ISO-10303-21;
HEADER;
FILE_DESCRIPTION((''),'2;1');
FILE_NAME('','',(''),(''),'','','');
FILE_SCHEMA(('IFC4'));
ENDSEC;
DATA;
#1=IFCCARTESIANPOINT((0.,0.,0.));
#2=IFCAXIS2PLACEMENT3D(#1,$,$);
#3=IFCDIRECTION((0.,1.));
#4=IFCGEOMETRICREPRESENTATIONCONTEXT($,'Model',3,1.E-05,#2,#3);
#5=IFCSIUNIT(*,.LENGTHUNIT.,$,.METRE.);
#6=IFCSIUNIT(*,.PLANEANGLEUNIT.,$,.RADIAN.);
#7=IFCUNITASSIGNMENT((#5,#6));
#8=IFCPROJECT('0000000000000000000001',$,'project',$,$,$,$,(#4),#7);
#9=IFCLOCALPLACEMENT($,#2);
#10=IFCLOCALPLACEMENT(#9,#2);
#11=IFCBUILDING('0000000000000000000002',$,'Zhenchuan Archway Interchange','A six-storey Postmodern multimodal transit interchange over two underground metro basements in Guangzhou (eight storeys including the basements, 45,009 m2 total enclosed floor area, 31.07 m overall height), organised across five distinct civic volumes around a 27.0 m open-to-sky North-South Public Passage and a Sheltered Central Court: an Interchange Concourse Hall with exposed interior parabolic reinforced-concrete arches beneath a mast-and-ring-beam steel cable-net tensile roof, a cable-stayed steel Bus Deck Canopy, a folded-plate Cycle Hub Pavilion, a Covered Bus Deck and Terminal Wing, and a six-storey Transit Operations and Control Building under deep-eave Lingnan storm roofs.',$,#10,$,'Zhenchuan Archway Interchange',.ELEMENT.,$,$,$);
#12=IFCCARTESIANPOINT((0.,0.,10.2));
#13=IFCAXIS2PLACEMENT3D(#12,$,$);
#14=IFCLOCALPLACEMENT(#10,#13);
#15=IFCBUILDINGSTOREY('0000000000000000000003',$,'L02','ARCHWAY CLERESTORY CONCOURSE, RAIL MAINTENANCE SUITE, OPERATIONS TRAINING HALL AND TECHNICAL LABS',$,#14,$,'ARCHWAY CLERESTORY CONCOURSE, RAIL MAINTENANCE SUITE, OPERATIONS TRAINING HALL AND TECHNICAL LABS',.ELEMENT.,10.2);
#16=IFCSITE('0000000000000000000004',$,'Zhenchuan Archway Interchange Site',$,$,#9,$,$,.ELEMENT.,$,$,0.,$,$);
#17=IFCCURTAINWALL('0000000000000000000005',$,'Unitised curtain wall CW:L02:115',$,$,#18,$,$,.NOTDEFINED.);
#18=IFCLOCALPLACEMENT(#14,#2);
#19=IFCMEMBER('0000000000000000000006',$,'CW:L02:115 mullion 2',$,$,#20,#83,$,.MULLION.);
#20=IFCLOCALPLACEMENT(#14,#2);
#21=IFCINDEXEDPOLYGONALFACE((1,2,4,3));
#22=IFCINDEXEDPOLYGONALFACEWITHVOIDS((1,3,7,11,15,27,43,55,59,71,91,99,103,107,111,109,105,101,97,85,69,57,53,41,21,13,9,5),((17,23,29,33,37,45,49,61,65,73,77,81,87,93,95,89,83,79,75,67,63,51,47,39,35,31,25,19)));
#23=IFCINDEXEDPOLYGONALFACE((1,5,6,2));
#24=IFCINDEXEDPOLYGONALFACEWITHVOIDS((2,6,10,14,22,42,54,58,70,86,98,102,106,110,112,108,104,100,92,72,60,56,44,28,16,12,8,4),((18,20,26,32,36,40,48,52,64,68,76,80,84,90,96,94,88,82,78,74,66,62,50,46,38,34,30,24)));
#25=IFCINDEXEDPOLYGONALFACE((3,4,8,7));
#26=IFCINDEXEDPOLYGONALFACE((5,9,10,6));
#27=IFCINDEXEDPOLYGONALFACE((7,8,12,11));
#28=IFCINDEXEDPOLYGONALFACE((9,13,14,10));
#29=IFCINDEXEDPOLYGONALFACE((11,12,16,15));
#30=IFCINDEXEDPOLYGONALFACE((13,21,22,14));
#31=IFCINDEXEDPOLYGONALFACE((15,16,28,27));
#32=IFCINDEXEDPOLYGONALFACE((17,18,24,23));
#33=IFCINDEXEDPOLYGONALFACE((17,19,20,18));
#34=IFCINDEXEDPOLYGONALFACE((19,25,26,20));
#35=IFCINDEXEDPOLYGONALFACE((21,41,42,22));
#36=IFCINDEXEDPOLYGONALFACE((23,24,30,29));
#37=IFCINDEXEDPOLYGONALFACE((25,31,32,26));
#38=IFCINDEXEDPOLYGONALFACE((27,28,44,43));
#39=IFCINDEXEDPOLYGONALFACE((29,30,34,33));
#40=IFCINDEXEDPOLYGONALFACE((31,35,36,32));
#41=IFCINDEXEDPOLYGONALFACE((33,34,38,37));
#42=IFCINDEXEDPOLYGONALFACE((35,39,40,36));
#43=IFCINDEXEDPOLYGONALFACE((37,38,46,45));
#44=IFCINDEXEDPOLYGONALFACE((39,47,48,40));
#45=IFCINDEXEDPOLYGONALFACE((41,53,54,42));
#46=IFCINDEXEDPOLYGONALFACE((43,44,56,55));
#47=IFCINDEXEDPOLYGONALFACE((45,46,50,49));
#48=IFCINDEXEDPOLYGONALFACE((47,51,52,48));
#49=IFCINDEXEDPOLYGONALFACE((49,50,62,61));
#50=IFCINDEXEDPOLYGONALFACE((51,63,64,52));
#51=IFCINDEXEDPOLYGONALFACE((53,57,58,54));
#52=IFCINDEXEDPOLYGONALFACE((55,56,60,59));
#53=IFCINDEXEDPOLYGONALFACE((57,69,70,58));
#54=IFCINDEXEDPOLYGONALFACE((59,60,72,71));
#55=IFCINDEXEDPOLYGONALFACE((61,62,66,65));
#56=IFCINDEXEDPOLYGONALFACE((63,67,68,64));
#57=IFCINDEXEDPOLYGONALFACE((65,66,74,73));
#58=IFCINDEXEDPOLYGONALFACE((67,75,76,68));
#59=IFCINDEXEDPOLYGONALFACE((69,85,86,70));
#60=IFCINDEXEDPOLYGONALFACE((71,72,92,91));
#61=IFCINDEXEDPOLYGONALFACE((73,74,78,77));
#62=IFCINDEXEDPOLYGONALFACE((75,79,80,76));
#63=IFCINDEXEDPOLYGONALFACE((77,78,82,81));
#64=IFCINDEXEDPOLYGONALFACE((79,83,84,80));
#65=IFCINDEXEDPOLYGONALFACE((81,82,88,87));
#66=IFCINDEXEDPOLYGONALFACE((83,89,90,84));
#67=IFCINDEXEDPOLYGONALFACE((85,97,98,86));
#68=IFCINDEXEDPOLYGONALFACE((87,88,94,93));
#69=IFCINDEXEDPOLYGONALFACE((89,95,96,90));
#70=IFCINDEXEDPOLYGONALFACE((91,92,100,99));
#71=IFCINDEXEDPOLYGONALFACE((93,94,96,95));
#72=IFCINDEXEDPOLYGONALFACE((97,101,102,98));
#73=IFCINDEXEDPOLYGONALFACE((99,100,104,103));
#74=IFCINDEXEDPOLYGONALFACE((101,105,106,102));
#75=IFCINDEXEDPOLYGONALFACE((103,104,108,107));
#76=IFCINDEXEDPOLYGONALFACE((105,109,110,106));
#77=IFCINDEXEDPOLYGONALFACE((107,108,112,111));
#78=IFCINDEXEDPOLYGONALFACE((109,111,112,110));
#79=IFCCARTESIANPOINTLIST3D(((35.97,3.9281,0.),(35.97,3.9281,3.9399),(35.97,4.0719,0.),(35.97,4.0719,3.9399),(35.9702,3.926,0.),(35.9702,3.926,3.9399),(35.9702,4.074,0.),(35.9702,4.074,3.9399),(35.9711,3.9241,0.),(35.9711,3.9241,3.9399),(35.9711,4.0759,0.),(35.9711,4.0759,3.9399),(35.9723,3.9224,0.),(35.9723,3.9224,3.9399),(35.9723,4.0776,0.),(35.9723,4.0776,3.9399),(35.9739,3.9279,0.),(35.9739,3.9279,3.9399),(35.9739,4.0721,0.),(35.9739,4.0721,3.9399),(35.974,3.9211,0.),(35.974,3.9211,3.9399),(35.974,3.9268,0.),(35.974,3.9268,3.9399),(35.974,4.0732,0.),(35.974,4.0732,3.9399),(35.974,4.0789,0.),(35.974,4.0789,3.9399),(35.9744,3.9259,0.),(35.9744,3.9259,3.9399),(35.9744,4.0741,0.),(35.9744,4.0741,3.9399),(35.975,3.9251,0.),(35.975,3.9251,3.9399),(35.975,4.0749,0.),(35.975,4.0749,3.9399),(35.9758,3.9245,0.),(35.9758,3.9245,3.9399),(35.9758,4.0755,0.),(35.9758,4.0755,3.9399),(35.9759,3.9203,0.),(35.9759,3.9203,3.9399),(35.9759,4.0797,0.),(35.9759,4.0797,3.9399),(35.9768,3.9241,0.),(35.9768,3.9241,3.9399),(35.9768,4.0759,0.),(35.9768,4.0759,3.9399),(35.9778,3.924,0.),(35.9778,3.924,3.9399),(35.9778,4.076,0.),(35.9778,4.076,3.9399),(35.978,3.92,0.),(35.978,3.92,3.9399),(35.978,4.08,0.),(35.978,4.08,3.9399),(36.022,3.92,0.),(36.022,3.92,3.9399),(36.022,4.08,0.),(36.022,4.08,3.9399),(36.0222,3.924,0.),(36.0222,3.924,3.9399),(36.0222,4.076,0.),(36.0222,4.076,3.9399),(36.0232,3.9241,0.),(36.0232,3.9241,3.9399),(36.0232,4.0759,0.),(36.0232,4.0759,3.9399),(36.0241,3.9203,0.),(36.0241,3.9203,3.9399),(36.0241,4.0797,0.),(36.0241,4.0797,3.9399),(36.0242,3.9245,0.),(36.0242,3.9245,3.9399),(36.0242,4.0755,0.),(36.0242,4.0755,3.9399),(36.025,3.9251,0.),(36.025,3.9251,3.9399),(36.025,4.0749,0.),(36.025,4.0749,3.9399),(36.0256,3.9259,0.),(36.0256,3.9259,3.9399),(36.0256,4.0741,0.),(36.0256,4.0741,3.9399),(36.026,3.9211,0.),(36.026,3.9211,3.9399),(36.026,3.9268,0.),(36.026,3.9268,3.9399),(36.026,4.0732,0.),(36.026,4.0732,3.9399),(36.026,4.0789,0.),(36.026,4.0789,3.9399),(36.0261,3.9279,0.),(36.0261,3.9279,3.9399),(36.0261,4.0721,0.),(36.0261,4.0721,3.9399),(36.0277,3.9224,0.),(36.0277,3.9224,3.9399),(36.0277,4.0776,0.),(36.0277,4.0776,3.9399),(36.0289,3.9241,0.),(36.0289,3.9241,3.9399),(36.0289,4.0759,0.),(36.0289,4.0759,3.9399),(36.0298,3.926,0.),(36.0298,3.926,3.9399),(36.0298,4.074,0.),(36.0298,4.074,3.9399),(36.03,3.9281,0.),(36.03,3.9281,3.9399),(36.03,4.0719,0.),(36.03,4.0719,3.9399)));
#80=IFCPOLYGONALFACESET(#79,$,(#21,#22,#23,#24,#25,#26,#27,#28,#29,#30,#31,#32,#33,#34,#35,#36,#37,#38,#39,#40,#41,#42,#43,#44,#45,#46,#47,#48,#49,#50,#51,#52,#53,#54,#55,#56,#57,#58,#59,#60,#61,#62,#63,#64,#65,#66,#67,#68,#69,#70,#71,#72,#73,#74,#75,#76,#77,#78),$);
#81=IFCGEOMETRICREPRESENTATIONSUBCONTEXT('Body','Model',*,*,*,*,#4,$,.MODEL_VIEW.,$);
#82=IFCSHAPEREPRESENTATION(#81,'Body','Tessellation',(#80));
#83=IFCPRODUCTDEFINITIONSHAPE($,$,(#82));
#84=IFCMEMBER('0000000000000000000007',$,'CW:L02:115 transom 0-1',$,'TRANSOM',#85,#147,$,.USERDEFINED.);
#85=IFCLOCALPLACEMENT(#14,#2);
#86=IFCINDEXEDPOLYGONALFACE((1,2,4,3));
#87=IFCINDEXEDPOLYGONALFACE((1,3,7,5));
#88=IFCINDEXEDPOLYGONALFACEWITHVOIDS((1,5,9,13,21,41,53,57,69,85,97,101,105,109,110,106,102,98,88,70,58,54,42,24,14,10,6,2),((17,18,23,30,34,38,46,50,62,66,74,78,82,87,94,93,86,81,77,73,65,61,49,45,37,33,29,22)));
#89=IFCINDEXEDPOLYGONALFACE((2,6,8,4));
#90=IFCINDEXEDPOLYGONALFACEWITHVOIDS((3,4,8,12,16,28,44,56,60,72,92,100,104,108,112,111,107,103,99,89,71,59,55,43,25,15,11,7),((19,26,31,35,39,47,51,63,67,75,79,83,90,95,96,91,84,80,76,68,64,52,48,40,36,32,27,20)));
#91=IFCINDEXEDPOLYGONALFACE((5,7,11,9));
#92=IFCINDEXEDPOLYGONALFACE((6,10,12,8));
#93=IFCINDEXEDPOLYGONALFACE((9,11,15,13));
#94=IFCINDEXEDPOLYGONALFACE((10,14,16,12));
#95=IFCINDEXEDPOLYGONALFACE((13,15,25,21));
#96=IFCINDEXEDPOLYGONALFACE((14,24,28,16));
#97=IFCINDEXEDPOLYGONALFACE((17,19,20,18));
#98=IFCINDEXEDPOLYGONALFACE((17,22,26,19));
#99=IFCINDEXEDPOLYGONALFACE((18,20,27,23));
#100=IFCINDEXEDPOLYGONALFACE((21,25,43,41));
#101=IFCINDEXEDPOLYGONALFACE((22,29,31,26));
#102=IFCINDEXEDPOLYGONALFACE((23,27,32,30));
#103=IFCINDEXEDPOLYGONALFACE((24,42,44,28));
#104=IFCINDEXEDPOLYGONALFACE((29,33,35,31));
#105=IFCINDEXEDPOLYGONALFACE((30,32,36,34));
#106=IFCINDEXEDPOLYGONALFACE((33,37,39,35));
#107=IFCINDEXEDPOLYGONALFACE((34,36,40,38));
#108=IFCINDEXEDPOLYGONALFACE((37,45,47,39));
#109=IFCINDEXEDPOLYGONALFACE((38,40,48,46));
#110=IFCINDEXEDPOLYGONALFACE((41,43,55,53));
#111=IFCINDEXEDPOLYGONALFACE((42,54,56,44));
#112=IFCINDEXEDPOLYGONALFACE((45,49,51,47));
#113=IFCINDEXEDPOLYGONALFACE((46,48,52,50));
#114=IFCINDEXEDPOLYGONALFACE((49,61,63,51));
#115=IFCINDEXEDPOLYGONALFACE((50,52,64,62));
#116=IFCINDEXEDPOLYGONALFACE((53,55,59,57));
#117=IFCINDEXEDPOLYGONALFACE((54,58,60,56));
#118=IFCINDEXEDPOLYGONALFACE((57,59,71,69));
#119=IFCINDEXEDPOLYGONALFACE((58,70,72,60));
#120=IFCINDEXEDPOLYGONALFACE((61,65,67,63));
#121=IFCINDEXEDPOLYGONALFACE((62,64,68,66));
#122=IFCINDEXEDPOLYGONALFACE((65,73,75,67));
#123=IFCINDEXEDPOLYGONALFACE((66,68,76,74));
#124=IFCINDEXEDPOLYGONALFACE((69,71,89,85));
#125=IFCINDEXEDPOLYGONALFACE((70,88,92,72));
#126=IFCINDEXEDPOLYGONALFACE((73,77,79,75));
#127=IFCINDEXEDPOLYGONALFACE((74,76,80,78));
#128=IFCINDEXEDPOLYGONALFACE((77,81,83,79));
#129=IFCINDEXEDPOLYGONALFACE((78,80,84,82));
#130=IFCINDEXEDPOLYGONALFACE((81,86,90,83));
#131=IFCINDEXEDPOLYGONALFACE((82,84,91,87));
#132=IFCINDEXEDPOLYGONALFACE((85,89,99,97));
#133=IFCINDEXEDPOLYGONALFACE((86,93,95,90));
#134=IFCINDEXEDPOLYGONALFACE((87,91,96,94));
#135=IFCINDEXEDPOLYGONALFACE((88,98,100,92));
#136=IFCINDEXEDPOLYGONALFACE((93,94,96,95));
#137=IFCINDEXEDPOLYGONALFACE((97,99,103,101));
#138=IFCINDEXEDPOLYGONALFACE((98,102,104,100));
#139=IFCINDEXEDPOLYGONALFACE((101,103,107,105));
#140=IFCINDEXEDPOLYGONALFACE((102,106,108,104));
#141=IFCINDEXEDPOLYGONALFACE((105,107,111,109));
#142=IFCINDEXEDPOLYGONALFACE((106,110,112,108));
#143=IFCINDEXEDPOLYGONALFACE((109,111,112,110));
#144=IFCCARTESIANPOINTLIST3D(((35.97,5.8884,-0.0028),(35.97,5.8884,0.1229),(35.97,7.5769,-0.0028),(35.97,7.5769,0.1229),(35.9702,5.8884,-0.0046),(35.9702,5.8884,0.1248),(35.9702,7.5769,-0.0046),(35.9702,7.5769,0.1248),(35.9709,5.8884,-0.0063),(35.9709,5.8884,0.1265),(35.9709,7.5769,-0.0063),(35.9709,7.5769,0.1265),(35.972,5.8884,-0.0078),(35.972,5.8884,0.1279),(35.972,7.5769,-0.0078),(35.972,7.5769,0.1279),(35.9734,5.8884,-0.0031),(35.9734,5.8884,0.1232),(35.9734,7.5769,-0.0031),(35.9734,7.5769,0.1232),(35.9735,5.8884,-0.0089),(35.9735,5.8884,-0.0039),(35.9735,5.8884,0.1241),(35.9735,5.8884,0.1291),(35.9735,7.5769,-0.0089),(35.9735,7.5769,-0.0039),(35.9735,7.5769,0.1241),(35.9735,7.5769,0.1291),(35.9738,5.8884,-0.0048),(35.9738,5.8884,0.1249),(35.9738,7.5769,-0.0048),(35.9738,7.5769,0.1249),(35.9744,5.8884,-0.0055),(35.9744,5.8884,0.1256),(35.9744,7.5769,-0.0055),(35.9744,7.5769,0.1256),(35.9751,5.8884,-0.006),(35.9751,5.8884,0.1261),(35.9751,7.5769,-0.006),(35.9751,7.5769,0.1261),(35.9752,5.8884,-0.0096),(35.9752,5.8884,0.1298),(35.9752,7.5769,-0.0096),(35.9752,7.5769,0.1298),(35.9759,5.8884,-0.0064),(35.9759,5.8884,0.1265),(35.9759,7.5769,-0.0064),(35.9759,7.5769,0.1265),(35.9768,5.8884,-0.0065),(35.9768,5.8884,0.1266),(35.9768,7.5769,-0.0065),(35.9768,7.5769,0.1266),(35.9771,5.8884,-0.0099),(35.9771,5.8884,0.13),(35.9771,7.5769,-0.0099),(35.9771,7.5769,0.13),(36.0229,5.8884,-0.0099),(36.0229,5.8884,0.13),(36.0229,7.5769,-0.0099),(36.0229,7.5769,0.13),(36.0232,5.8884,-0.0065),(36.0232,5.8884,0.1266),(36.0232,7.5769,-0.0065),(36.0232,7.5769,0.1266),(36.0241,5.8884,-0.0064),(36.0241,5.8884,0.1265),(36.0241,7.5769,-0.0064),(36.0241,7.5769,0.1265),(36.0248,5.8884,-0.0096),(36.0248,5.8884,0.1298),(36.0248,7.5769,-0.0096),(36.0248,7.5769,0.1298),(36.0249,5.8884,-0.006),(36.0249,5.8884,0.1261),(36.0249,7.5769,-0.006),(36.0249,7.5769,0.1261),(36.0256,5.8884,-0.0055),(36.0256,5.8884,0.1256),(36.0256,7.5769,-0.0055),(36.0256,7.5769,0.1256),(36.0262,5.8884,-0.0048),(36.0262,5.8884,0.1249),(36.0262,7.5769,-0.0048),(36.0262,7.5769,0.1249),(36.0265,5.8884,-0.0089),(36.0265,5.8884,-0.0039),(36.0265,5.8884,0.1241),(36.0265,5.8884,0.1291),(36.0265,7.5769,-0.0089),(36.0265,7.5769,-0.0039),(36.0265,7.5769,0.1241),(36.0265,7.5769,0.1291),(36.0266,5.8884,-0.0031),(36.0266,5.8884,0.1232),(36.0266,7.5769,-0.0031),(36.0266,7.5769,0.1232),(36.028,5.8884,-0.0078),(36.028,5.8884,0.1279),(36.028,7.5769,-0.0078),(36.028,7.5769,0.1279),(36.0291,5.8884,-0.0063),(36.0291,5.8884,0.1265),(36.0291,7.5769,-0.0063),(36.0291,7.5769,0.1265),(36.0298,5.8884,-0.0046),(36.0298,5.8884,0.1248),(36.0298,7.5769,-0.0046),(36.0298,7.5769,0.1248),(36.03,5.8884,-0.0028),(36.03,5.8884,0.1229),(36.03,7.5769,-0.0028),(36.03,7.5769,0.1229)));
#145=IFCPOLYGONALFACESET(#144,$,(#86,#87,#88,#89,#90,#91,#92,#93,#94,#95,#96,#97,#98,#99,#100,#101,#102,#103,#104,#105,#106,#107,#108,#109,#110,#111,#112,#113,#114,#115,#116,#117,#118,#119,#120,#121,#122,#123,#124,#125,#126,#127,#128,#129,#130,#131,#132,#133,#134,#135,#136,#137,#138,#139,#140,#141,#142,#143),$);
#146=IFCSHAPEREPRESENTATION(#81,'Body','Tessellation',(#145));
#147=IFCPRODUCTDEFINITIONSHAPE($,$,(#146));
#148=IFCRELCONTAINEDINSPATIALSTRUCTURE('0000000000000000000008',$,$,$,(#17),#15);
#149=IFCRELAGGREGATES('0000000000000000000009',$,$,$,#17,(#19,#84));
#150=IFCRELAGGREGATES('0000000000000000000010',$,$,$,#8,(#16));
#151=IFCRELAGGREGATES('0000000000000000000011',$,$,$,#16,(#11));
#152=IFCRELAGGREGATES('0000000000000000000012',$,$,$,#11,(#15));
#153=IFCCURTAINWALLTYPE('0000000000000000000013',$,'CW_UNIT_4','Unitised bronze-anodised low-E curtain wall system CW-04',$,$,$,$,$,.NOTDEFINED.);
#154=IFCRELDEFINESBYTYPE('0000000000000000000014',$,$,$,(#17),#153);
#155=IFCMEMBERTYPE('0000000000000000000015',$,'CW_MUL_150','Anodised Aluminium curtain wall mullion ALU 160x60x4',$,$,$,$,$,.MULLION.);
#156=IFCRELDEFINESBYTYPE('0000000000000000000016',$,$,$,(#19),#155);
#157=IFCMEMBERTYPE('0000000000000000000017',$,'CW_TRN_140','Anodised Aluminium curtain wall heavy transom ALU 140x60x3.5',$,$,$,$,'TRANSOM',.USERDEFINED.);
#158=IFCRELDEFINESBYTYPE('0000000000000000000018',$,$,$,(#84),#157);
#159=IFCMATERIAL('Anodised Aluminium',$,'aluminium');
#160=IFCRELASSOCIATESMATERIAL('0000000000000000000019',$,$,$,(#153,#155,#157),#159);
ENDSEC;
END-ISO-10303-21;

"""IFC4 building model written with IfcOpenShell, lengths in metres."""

from ifc_helpers import new_model, si_unit, direction, frame, origin, origin_2d, place, context, subcontext, project, spatial, hollow_rectangle, extrude, material, material_profile, profile_set, type_object, element, aggregate, save


model = new_model("IFC4")

# Units and contexts
model_context = context("Model", 3, precision=1e-05, world=origin(), true_north=direction((0.0, 1.0)))
body_context = subcontext(model_context, "Body", "Model", "MODEL_VIEW")
ifc_project = project(units=[si_unit("LENGTHUNIT", "METRE"), si_unit("PLANEANGLEUNIT", "RADIAN")], contexts=[model_context])

# Site, building, storey
site_placement = place(None, origin())
site = spatial("IfcSite", under=ifc_project, at=site_placement, Name="Zhenchuan Archway Interchange Site", CompositionType="ELEMENT", RefElevation=0.0)
building_placement = place(site_placement, origin())
building = spatial("IfcBuilding", under=site, at=building_placement, Name="Zhenchuan Archway Interchange", Description="A six-storey Postmodern multimodal transit interchange over two underground metro basements in Guangzhou (eight storeys including the basements, 45,009 m2 total enclosed floor area, 31.07 m overall height), organised across five distinct civic volumes around a 27.0 m open-to-sky North-South Public Passage and a Sheltered Central Court: an Interchange Concourse Hall with exposed interior parabolic reinforced-concrete arches beneath a mast-and-ring-beam steel cable-net tensile roof, a cable-stayed steel Bus Deck Canopy, a folded-plate Cycle Hub Pavilion, a Covered Bus Deck and Terminal Wing, and a six-storey Transit Operations and Control Building under deep-eave Lingnan storm roofs.", LongName="Zhenchuan Archway Interchange", CompositionType="ELEMENT")
storey_placement = place(building_placement, frame((0.0, 0.0, 10.2)))
storey = spatial("IfcBuildingStorey", under=building, at=storey_placement, Name="L02", Description="ARCHWAY CLERESTORY CONCOURSE, RAIL MAINTENANCE SUITE, OPERATIONS TRAINING HALL AND TECHNICAL LABS", LongName="ARCHWAY CLERESTORY CONCOURSE, RAIL MAINTENANCE SUITE, OPERATIONS TRAINING HALL AND TECHNICAL LABS", CompositionType="ELEMENT", Elevation=10.2)

# Curtain wall, members
ifc_material_1 = material(Name="Anodised Aluminium", Category="aluminium")
curtain_wall_type = type_object("IfcCurtainWallType", Name="CW_UNIT_4", Description="Unitised bronze-anodised low-E curtain wall system CW-04", PredefinedType="NOTDEFINED", material=ifc_material_1)
curtain_wall_placement = place(storey_placement, origin())
curtain_wall = element("IfcCurtainWall", 1, at=curtain_wall_placement, inside=storey, type_object=curtain_wall_type, Name="Unitised curtain wall CW:L02:115", PredefinedType="NOTDEFINED")
ifc_material_profile_1 = material_profile(ifc_material_1, hollow_rectangle(XDim=0.0601, YDim=0.1599, WallThickness=0.0039, InnerFilletRadius=0.0039, OuterFilletRadius=0.0081, at=origin_2d()), Name="ALU 160x60x4")
ifc_profile_set_1 = profile_set([ifc_material_profile_1], Name="Anodised Aluminium")
member_type_1 = type_object("IfcMemberType", Name="CW_MUL_150", Description="Anodised Aluminium curtain wall mullion ALU 160x60x4", PredefinedType="MULLION", material=ifc_profile_set_1)
member_1_placement = place(storey_placement, frame((36.0, 4.0, 0.0), z_axis=(0.0, 0.0, 1.0), x_axis=(1.0, 0.0, 0.0)))
member_1 = element("IfcMember", 2, at=member_1_placement, type_object=member_type_1, Name="CW:L02:115 mullion 2", PredefinedType="MULLION", context=body_context, shape_type="SweptSolid", body=[
    extrude(hollow_rectangle(XDim=0.0601, YDim=0.1599, WallThickness=0.0039, InnerFilletRadius=0.0039, OuterFilletRadius=0.0081, at=origin_2d()), origin(), (0.0, 0.0, 1.0), 3.9399),
])
ifc_material_profile_2 = material_profile(ifc_material_1, hollow_rectangle(XDim=0.0601, YDim=0.1399, WallThickness=0.0034, InnerFilletRadius=0.0034, OuterFilletRadius=0.0071, at=origin_2d()), Name="ALU 140x60x3.5")
ifc_profile_set_2 = profile_set([ifc_material_profile_2], Name="Anodised Aluminium")
member_type_2 = type_object("IfcMemberType", Name="CW_TRN_140", Description="Anodised Aluminium curtain wall heavy transom ALU 140x60x3.5", ElementType="TRANSOM", PredefinedType="USERDEFINED", material=ifc_profile_set_2)
member_2_placement = place(storey_placement, frame((36.0, 7.5769, 0.0601), z_axis=(0.0, -1.0, 0.0), x_axis=(1.0, 0.0, 0.0)))
member_2 = element("IfcMember", 3, at=member_2_placement, type_object=member_type_2, Name="CW:L02:115 transom 0-1", ObjectType="TRANSOM", PredefinedType="USERDEFINED", context=body_context, shape_type="SweptSolid", body=[
    extrude(hollow_rectangle(XDim=0.0601, YDim=0.1399, WallThickness=0.0034, InnerFilletRadius=0.0034, OuterFilletRadius=0.0071, at=origin_2d()), origin(), (0.0, 0.0, 1.0), 1.6885),
])

aggregate(curtain_wall, [member_1, member_2])

save(model, "model.ifc")
